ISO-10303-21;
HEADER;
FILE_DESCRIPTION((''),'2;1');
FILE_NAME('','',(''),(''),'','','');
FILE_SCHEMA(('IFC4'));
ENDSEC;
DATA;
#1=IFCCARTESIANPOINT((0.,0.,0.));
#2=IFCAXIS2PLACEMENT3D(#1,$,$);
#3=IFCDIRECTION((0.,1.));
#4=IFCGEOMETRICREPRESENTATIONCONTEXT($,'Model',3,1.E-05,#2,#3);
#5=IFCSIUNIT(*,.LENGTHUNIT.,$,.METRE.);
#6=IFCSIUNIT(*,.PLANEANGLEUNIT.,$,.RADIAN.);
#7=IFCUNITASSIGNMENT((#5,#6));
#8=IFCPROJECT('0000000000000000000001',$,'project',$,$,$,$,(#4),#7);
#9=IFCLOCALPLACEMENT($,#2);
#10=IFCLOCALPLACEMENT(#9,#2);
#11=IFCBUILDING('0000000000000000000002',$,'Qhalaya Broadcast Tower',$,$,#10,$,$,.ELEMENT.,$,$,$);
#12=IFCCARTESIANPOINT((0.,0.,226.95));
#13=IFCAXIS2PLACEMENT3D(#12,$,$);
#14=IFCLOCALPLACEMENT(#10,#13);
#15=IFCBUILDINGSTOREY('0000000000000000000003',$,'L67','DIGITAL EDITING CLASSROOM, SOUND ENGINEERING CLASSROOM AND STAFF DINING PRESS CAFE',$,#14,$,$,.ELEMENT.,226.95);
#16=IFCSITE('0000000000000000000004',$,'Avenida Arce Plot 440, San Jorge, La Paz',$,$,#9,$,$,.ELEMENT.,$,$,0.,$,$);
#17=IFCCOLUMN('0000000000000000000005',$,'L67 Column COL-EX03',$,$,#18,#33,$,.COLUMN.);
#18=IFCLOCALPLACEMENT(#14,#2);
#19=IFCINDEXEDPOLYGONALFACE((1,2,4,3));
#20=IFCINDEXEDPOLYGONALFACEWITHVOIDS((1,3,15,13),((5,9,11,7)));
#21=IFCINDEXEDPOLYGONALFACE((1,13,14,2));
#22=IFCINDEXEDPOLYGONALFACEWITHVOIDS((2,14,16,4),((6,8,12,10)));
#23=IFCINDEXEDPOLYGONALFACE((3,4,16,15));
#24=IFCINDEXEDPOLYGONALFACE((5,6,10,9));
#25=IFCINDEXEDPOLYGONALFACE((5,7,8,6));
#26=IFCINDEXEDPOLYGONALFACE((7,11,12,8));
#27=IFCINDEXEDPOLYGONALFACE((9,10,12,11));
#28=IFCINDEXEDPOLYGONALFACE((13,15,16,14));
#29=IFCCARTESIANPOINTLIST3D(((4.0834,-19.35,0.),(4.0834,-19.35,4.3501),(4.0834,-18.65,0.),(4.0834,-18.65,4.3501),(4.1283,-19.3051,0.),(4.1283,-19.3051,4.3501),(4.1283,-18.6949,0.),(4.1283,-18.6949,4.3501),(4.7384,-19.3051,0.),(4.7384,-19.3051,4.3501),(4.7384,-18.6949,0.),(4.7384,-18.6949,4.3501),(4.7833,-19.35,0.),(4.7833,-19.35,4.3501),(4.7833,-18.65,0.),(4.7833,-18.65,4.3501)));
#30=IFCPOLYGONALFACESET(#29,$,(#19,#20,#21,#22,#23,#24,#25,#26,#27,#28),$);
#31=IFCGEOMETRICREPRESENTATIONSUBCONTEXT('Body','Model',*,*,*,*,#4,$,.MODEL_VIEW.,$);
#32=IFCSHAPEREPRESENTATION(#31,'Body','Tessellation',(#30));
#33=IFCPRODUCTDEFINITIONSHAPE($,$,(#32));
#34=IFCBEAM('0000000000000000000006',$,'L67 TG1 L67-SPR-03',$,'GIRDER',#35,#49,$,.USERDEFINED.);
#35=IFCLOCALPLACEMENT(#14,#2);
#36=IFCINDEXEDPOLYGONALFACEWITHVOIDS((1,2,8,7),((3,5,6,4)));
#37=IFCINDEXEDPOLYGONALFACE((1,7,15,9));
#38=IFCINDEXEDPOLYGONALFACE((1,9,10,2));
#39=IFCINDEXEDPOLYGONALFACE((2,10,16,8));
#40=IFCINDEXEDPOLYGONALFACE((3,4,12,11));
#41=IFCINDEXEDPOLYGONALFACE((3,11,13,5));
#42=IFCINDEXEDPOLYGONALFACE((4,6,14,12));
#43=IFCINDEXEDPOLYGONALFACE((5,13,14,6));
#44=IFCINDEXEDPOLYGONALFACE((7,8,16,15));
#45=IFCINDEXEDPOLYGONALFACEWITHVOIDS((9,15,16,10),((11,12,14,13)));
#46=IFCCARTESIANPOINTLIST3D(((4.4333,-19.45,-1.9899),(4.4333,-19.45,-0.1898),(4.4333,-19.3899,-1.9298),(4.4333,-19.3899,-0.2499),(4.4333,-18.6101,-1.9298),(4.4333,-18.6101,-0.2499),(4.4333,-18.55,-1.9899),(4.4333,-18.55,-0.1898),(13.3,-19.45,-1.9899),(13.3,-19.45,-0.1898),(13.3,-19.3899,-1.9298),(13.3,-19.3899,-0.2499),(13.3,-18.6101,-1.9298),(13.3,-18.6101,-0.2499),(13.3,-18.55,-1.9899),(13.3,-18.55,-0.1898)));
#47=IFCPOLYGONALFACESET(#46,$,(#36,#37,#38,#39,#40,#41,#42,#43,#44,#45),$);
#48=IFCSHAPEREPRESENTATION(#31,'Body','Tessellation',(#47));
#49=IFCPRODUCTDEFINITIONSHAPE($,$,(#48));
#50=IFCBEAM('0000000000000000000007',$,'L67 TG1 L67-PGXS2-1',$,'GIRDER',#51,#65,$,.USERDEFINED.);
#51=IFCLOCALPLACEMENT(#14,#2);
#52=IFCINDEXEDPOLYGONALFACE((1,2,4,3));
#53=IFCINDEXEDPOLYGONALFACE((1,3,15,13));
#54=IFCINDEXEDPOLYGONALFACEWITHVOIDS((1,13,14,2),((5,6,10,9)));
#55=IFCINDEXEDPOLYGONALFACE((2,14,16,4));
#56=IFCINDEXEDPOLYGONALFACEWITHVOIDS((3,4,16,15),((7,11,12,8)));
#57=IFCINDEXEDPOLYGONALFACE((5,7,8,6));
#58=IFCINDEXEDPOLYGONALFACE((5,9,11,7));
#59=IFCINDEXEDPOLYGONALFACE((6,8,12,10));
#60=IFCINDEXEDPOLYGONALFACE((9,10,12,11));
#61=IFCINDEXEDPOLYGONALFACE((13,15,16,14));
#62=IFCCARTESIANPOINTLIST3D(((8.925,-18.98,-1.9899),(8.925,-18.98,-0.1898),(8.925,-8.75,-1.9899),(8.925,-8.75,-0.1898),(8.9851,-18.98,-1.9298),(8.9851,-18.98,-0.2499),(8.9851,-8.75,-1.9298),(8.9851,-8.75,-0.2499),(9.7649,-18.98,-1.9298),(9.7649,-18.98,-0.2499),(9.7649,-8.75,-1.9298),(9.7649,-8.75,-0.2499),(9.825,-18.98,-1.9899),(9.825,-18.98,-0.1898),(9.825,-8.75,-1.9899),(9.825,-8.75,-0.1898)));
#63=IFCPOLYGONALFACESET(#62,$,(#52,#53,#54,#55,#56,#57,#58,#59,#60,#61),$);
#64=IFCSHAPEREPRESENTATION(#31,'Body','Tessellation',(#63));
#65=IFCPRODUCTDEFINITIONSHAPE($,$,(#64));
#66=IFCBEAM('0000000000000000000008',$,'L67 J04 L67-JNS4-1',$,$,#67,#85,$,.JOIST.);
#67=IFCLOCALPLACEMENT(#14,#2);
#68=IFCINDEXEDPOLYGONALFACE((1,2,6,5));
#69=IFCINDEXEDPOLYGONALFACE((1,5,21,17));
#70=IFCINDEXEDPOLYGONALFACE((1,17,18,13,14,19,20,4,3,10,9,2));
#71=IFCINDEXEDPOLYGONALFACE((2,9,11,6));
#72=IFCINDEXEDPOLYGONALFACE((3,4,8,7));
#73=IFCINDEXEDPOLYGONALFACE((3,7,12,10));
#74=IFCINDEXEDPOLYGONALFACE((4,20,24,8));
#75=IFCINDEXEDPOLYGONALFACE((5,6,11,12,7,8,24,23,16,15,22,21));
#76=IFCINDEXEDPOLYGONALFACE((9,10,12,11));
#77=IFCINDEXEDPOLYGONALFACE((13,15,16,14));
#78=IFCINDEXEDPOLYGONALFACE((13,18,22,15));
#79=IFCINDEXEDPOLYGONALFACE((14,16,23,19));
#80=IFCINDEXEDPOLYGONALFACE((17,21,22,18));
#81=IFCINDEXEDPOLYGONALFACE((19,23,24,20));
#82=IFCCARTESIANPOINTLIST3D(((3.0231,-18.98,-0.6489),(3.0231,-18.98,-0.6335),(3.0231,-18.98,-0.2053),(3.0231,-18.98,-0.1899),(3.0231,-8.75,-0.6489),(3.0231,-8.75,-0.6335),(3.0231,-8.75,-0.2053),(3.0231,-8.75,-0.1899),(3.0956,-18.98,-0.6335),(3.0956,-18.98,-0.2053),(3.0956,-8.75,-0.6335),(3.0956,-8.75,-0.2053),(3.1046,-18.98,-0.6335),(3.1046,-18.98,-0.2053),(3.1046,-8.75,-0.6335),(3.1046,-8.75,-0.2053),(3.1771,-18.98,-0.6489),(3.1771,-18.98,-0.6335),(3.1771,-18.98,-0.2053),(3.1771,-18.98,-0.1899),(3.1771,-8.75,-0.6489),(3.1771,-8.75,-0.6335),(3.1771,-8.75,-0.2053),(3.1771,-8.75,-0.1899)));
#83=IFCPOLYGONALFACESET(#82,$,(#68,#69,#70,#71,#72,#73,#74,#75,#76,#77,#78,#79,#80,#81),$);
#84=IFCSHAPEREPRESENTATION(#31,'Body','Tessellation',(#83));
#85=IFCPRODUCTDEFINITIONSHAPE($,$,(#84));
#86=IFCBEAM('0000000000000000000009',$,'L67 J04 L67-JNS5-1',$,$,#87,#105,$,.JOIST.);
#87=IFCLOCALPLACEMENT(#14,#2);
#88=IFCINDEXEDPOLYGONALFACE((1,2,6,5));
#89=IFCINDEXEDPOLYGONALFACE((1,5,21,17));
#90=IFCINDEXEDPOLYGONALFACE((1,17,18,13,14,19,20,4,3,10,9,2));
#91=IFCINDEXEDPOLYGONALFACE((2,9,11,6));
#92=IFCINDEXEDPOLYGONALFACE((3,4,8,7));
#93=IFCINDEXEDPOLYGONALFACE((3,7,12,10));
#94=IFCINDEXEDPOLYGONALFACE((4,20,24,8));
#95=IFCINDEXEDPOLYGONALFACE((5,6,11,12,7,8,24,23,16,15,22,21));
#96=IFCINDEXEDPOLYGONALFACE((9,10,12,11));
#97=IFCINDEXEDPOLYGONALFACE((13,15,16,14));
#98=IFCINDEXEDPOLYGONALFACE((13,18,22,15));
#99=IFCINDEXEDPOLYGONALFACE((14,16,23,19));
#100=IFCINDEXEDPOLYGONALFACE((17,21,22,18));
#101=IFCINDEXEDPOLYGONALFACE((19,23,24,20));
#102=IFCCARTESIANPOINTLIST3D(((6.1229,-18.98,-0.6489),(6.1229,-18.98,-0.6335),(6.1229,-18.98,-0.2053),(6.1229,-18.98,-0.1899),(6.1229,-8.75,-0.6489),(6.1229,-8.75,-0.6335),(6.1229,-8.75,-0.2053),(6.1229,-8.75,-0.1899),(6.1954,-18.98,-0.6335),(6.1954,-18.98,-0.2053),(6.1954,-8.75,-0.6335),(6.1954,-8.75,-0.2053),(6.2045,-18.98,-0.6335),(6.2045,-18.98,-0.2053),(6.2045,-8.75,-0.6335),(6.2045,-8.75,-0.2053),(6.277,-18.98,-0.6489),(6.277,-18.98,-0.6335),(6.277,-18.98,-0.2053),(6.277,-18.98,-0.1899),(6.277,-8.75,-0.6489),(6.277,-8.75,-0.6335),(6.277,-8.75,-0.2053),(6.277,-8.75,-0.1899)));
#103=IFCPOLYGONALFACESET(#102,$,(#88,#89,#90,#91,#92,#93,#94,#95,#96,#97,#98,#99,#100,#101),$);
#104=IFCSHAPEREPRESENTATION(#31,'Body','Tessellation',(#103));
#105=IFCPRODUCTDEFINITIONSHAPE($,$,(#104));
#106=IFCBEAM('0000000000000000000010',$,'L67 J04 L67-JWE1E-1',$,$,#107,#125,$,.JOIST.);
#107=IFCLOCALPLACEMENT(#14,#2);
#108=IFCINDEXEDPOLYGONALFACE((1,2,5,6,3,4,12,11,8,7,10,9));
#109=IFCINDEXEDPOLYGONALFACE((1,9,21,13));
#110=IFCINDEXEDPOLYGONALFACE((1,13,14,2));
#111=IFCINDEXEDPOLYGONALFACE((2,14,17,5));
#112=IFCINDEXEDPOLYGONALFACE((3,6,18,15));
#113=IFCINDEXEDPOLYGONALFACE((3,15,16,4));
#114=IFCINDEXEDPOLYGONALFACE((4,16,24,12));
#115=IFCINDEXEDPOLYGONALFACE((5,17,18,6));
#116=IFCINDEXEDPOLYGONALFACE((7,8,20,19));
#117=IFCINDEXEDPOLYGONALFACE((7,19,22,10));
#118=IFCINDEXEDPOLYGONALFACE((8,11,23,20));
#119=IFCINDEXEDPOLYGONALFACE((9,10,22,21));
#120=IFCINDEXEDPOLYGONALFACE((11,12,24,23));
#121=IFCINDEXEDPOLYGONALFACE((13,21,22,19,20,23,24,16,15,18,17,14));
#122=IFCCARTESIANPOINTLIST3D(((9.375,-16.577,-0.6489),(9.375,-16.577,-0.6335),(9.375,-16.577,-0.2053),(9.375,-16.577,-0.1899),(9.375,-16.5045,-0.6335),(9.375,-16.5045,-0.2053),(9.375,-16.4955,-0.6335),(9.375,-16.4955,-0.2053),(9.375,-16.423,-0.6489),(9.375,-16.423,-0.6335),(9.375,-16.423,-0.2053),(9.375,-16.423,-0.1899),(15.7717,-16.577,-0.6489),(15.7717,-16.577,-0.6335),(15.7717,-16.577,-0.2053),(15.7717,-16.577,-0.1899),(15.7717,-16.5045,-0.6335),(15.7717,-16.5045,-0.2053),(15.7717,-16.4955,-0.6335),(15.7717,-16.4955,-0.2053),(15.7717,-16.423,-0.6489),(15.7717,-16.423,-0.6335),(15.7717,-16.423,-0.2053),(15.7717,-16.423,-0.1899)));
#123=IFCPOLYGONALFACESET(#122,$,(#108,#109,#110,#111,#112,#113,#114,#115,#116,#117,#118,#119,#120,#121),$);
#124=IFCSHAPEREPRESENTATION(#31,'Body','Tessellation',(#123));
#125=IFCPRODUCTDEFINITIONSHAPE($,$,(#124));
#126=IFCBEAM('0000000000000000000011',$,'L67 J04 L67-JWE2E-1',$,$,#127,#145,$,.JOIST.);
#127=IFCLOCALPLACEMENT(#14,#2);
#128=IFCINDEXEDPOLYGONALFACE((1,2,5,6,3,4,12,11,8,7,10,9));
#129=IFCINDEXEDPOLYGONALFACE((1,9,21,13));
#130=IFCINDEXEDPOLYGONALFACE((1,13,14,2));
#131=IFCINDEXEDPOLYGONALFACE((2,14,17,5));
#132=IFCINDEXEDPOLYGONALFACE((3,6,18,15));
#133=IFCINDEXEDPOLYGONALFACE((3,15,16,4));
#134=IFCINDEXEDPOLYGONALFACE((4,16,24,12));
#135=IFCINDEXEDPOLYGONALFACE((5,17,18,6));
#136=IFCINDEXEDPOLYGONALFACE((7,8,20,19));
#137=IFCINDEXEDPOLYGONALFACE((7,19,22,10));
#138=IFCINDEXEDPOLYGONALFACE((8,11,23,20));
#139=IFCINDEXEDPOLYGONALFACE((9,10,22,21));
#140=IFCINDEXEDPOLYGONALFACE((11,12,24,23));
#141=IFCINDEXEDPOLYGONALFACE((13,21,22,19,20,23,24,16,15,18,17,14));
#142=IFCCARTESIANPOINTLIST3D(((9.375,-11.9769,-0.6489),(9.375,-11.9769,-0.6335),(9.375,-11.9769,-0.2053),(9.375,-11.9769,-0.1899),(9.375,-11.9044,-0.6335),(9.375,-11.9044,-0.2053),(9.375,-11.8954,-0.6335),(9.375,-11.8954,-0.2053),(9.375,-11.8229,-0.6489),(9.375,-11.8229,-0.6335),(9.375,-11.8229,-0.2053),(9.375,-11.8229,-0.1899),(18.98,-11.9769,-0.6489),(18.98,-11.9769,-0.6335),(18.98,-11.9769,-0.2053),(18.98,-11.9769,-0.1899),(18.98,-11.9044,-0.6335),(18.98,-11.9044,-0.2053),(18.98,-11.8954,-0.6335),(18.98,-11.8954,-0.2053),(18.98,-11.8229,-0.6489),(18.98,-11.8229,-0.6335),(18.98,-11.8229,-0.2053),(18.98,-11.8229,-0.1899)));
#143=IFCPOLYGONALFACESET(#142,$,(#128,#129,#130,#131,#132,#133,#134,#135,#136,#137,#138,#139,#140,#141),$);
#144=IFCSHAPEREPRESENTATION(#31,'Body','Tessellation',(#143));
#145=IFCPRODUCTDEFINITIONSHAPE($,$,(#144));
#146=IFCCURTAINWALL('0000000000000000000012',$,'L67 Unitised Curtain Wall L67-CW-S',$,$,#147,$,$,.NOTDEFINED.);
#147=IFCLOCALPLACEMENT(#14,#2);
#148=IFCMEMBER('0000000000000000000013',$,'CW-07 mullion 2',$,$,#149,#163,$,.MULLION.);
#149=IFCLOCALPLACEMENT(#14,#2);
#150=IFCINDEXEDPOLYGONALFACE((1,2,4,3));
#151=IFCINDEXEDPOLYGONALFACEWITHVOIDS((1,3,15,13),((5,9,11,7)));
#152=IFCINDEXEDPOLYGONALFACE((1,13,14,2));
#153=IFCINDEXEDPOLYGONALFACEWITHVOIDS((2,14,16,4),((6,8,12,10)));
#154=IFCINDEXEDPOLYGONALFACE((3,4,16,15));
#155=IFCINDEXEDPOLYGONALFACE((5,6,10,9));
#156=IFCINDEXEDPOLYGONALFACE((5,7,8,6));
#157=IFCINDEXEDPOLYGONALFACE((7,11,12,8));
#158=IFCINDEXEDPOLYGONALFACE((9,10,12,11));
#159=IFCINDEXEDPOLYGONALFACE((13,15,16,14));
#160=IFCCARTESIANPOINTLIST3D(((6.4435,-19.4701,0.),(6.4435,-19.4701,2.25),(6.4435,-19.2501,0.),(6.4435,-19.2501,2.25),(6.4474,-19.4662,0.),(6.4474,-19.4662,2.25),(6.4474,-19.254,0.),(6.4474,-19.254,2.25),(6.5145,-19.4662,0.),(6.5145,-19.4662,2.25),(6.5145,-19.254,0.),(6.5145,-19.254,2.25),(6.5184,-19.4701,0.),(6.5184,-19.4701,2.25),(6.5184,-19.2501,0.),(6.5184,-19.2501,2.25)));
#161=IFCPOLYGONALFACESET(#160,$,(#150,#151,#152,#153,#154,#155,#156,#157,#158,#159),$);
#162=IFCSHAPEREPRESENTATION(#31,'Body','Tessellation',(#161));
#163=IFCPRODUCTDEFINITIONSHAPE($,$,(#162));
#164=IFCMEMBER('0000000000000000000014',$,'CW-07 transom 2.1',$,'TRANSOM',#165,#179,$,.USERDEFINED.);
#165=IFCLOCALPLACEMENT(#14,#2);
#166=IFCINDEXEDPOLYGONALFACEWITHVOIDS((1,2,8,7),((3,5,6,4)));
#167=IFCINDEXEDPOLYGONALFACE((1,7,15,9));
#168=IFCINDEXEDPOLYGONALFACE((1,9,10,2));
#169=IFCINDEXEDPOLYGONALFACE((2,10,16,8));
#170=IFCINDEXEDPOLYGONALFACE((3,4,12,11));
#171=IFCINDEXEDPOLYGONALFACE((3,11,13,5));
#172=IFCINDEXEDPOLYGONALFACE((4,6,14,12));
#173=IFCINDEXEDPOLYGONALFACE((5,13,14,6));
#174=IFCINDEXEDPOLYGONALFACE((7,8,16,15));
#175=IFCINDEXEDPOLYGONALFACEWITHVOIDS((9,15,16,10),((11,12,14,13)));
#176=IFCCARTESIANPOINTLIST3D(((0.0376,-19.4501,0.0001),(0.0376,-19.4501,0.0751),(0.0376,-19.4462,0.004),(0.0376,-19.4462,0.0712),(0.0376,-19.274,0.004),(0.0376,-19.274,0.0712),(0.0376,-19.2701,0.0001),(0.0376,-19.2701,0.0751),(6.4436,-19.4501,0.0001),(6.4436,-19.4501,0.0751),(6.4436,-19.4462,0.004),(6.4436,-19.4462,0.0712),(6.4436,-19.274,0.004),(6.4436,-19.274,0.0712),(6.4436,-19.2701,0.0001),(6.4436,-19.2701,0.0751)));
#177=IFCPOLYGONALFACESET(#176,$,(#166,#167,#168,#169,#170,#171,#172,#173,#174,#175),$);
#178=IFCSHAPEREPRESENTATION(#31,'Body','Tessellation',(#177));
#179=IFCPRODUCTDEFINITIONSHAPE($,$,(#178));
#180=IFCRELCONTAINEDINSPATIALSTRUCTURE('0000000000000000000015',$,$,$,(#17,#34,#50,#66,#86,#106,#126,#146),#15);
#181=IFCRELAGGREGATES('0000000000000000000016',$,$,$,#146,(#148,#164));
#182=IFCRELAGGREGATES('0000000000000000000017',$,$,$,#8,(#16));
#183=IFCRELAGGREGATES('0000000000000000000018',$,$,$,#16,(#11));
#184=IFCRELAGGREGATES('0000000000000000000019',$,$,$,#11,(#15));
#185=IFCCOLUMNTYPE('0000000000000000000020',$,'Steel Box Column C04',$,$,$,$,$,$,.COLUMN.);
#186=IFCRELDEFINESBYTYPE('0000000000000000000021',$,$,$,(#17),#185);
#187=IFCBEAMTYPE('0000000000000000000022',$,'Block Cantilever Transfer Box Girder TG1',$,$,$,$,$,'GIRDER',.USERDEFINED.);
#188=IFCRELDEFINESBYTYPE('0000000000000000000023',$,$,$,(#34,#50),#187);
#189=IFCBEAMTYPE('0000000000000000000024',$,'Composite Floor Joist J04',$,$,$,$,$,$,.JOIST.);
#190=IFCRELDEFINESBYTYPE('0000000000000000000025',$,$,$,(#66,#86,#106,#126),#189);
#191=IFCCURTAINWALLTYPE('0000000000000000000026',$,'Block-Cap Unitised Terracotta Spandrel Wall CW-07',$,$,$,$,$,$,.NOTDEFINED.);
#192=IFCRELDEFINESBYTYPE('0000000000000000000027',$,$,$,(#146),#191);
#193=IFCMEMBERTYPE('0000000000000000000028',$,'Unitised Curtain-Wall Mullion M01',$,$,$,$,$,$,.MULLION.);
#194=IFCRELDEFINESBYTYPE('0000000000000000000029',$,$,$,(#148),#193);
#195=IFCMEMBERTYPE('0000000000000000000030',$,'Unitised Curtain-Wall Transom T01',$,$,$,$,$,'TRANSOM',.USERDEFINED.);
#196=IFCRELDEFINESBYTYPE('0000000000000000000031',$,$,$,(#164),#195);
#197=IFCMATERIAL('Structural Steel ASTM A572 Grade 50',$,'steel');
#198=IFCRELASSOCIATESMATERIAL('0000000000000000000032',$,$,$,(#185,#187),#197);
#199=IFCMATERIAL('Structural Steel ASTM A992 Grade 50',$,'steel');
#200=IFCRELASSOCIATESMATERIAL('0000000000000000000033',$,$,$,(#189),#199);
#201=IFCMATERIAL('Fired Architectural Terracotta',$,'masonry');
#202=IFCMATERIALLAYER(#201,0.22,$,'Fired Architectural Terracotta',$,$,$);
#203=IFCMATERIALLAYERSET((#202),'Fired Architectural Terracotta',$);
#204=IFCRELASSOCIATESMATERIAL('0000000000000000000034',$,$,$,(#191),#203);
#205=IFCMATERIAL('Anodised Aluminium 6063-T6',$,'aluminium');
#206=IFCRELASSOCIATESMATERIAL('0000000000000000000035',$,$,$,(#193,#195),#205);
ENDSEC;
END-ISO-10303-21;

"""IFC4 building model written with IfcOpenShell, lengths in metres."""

from ifc_helpers import new_model, si_unit, direction, frame, origin, origin_2d, place, context, subcontext, project, spatial, hollow_rectangle, i_section, extrude, material, layer, layer_set, material_profile, profile_set, type_object, element, aggregate, save


model = new_model("IFC4")

# Units and contexts
model_context = context("Model", 3, precision=1e-05, world=origin(), true_north=direction((0.0, 1.0)))
body_context = subcontext(model_context, "Body", "Model", "MODEL_VIEW")
ifc_project = project(units=[si_unit("LENGTHUNIT", "METRE"), si_unit("PLANEANGLEUNIT", "RADIAN")], contexts=[model_context])

# Site, building, storey
site_placement = place(None, origin())
site = spatial("IfcSite", under=ifc_project, at=site_placement, Name="Avenida Arce Plot 440, San Jorge, La Paz", CompositionType="ELEMENT", RefElevation=0.0)
building_placement = place(site_placement, origin())
building = spatial("IfcBuilding", under=site, at=building_placement, Name="Qhalaya Broadcast Tower", CompositionType="ELEMENT")
storey_placement = place(building_placement, frame((0.0, 0.0, 226.95)))
storey = spatial("IfcBuildingStorey", under=building, at=storey_placement, Name="L67", Description="DIGITAL EDITING CLASSROOM, SOUND ENGINEERING CLASSROOM AND STAFF DINING PRESS CAFE", CompositionType="ELEMENT", Elevation=226.95)

# Column
ifc_material_1 = material(Name="Structural Steel ASTM A572 Grade 50", Category="steel")
ifc_material_profile_1 = material_profile(ifc_material_1, hollow_rectangle(XDim=0.7, YDim=0.7, WallThickness=0.0449, at=origin_2d()), Name="BOX 700x700x45")
ifc_profile_set_1 = profile_set([ifc_material_profile_1], Name="Structural Steel ASTM A572 Grade 50")
column_type = type_object("IfcColumnType", Name="Steel Box Column C04", PredefinedType="COLUMN", material=ifc_profile_set_1)
column_placement = place(storey_placement, frame((4.4333, -19.0, 0.0), z_axis=(0.0, 0.0, 1.0), x_axis=(1.0, 0.0, 0.0)))
element("IfcColumn", 1, at=column_placement, inside=storey, type_object=column_type, Name="L67 Column COL-EX03", PredefinedType="COLUMN", context=body_context, shape_type="SweptSolid", body=[
    extrude(hollow_rectangle(XDim=0.7, YDim=0.7, WallThickness=0.0449, at=origin_2d()), origin(), (0.0, 0.0, 1.0), 4.3501),
])

# Beams
ifc_material_profile_2 = material_profile(ifc_material_1, hollow_rectangle(XDim=0.8999, YDim=1.8, WallThickness=0.0601, at=origin_2d()), Name="BOX 900x1800x60")
ifc_profile_set_2 = profile_set([ifc_material_profile_2], Name="Structural Steel ASTM A572 Grade 50")
beam_type_1 = type_object("IfcBeamType", Name="Block Cantilever Transfer Box Girder TG1", ElementType="GIRDER", PredefinedType="USERDEFINED", material=ifc_profile_set_2)
beam_1_placement = place(storey_placement, frame((4.4333, -19.0, -1.0898), z_axis=(1.0, 0.0, 0.0), x_axis=(0.0, 1.0, 0.0)))
element("IfcBeam", 2, at=beam_1_placement, inside=storey, type_object=beam_type_1, Name="L67 TG1 L67-SPR-03", ObjectType="GIRDER", PredefinedType="USERDEFINED", context=body_context, shape_type="SweptSolid", body=[
    extrude(hollow_rectangle(XDim=0.8999, YDim=1.8, WallThickness=0.0601, at=origin_2d()), origin(), (0.0, 0.0, 1.0), 8.8667),
])
beam_2_placement = place(storey_placement, frame((9.375, -18.98, -1.0898), z_axis=(0.0, 1.0, 0.0), x_axis=(-1.0, 0.0, 0.0)))
element("IfcBeam", 3, at=beam_2_placement, inside=storey, type_object=beam_type_1, Name="L67 TG1 L67-PGXS2-1", ObjectType="GIRDER", PredefinedType="USERDEFINED", context=body_context, shape_type="SweptSolid", body=[
    extrude(hollow_rectangle(XDim=0.8999, YDim=1.8, WallThickness=0.0601, at=origin_2d()), origin(), (0.0, 0.0, 1.0), 10.23),
])
ifc_material_2 = material(Name="Structural Steel ASTM A992 Grade 50", Category="steel")
ifc_material_profile_3 = material_profile(ifc_material_2, i_section(OverallWidth=0.1541, OverallDepth=0.459, WebThickness=0.009, FlangeThickness=0.0154, at=origin_2d()), Name="W18X46")
ifc_profile_set_3 = profile_set([ifc_material_profile_3], Name="Structural Steel ASTM A992 Grade 50")
beam_type_2 = type_object("IfcBeamType", Name="Composite Floor Joist J04", PredefinedType="JOIST", material=ifc_profile_set_3)
for number, where, z_axis, x_axis, name in (
    (4, (3.1001, -18.98, -0.4194), (0.0, 1.0, 0.0), (-1.0, 0.0, 0.0), "L67 J04 L67-JNS4-1"),
    (5, (6.2, -18.98, -0.4194), (0.0, 1.0, 0.0), (-1.0, 0.0, 0.0), "L67 J04 L67-JNS5-1"),
):
    element("IfcBeam", number, at=place(storey_placement, frame(where, z_axis=z_axis, x_axis=x_axis)), inside=storey, type_object=beam_type_2, Name=name, PredefinedType="JOIST", context=body_context, shape_type="SweptSolid", body=[
        extrude(i_section(OverallWidth=0.1541, OverallDepth=0.459, WebThickness=0.009, FlangeThickness=0.0154, at=origin_2d()), origin(), (0.0, 0.0, 1.0), 10.23),
    ])
beam_3_placement = place(storey_placement, frame((9.375, -16.5, -0.4194), z_axis=(1.0, 0.0, 0.0), x_axis=(0.0, 1.0, 0.0)))
element("IfcBeam", 6, at=beam_3_placement, inside=storey, type_object=beam_type_2, Name="L67 J04 L67-JWE1E-1", PredefinedType="JOIST", context=body_context, shape_type="SweptSolid", body=[
    extrude(i_section(OverallWidth=0.1541, OverallDepth=0.459, WebThickness=0.009, FlangeThickness=0.0154, at=origin_2d()), origin(), (0.0, 0.0, 1.0), 6.3967),
])
beam_4_placement = place(storey_placement, frame((9.375, -11.8999, -0.4194), z_axis=(1.0, 0.0, 0.0), x_axis=(0.0, 1.0, 0.0)))
element("IfcBeam", 7, at=beam_4_placement, inside=storey, type_object=beam_type_2, Name="L67 J04 L67-JWE2E-1", PredefinedType="JOIST", context=body_context, shape_type="SweptSolid", body=[
    extrude(i_section(OverallWidth=0.1541, OverallDepth=0.459, WebThickness=0.009, FlangeThickness=0.0154, at=origin_2d()), origin(), (0.0, 0.0, 1.0), 9.605),
])

# Curtain wall, members
ifc_material_3 = material(Name="Fired Architectural Terracotta", Category="masonry")
ifc_layer_1 = layer(ifc_material_3, 0.22, Name="Fired Architectural Terracotta")
ifc_layer_set_1 = layer_set([ifc_layer_1], Name="Fired Architectural Terracotta")
curtain_wall_type = type_object("IfcCurtainWallType", Name="Block-Cap Unitised Terracotta Spandrel Wall CW-07", PredefinedType="NOTDEFINED", material=ifc_layer_set_1)
curtain_wall_placement = place(storey_placement, origin())
curtain_wall = element("IfcCurtainWall", 8, at=curtain_wall_placement, inside=storey, type_object=curtain_wall_type, Name="L67 Unitised Curtain Wall L67-CW-S", PredefinedType="NOTDEFINED")
ifc_material_4 = material(Name="Anodised Aluminium 6063-T6", Category="aluminium")
ifc_material_profile_4 = material_profile(ifc_material_4, hollow_rectangle(XDim=0.075, YDim=0.22, WallThickness=0.0039, at=origin_2d()), Name="ALU-MUL 75x220x4")
ifc_profile_set_4 = profile_set([ifc_material_profile_4], Name="Anodised Aluminium 6063-T6")
member_type_1 = type_object("IfcMemberType", Name="Unitised Curtain-Wall Mullion M01", PredefinedType="MULLION", material=ifc_profile_set_4)
member_1_placement = place(storey_placement, frame((6.481, -19.3601, 0.0), z_axis=(0.0, 0.0, 1.0), x_axis=(-1.0, 0.0, 0.0)))
member_1 = element("IfcMember", 9, at=member_1_placement, type_object=member_type_1, Name="CW-07 mullion 2", PredefinedType="MULLION", context=body_context, shape_type="SweptSolid", body=[
    extrude(hollow_rectangle(XDim=0.075, YDim=0.22, WallThickness=0.0039, at=origin_2d()), origin(), (0.0, 0.0, 1.0), 2.25),
])
ifc_material_profile_5 = material_profile(ifc_material_4, hollow_rectangle(XDim=0.075, YDim=0.1799, WallThickness=0.0039, at=origin_2d()), Name="ALU-TRN 75x180x4")
ifc_profile_set_5 = profile_set([ifc_material_profile_5], Name="Anodised Aluminium 6063-T6")
member_type_2 = type_object("IfcMemberType", Name="Unitised Curtain-Wall Transom T01", ElementType="TRANSOM", PredefinedType="USERDEFINED", material=ifc_profile_set_5)
member_2_placement = place(storey_placement, frame((6.4436, -19.3601, 0.0376), z_axis=(-1.0, 0.0, 0.0), x_axis=(0.0, 0.0, 1.0)))
member_2 = element("IfcMember", 10, at=member_2_placement, type_object=member_type_2, Name="CW-07 transom 2.1", ObjectType="TRANSOM", PredefinedType="USERDEFINED", context=body_context, shape_type="SweptSolid", body=[
    extrude(hollow_rectangle(XDim=0.075, YDim=0.1799, WallThickness=0.0039, at=origin_2d()), origin(), (0.0, 0.0, 1.0), 6.406),
])

aggregate(curtain_wall, [member_1, member_2])

save(model, "model.ifc")
